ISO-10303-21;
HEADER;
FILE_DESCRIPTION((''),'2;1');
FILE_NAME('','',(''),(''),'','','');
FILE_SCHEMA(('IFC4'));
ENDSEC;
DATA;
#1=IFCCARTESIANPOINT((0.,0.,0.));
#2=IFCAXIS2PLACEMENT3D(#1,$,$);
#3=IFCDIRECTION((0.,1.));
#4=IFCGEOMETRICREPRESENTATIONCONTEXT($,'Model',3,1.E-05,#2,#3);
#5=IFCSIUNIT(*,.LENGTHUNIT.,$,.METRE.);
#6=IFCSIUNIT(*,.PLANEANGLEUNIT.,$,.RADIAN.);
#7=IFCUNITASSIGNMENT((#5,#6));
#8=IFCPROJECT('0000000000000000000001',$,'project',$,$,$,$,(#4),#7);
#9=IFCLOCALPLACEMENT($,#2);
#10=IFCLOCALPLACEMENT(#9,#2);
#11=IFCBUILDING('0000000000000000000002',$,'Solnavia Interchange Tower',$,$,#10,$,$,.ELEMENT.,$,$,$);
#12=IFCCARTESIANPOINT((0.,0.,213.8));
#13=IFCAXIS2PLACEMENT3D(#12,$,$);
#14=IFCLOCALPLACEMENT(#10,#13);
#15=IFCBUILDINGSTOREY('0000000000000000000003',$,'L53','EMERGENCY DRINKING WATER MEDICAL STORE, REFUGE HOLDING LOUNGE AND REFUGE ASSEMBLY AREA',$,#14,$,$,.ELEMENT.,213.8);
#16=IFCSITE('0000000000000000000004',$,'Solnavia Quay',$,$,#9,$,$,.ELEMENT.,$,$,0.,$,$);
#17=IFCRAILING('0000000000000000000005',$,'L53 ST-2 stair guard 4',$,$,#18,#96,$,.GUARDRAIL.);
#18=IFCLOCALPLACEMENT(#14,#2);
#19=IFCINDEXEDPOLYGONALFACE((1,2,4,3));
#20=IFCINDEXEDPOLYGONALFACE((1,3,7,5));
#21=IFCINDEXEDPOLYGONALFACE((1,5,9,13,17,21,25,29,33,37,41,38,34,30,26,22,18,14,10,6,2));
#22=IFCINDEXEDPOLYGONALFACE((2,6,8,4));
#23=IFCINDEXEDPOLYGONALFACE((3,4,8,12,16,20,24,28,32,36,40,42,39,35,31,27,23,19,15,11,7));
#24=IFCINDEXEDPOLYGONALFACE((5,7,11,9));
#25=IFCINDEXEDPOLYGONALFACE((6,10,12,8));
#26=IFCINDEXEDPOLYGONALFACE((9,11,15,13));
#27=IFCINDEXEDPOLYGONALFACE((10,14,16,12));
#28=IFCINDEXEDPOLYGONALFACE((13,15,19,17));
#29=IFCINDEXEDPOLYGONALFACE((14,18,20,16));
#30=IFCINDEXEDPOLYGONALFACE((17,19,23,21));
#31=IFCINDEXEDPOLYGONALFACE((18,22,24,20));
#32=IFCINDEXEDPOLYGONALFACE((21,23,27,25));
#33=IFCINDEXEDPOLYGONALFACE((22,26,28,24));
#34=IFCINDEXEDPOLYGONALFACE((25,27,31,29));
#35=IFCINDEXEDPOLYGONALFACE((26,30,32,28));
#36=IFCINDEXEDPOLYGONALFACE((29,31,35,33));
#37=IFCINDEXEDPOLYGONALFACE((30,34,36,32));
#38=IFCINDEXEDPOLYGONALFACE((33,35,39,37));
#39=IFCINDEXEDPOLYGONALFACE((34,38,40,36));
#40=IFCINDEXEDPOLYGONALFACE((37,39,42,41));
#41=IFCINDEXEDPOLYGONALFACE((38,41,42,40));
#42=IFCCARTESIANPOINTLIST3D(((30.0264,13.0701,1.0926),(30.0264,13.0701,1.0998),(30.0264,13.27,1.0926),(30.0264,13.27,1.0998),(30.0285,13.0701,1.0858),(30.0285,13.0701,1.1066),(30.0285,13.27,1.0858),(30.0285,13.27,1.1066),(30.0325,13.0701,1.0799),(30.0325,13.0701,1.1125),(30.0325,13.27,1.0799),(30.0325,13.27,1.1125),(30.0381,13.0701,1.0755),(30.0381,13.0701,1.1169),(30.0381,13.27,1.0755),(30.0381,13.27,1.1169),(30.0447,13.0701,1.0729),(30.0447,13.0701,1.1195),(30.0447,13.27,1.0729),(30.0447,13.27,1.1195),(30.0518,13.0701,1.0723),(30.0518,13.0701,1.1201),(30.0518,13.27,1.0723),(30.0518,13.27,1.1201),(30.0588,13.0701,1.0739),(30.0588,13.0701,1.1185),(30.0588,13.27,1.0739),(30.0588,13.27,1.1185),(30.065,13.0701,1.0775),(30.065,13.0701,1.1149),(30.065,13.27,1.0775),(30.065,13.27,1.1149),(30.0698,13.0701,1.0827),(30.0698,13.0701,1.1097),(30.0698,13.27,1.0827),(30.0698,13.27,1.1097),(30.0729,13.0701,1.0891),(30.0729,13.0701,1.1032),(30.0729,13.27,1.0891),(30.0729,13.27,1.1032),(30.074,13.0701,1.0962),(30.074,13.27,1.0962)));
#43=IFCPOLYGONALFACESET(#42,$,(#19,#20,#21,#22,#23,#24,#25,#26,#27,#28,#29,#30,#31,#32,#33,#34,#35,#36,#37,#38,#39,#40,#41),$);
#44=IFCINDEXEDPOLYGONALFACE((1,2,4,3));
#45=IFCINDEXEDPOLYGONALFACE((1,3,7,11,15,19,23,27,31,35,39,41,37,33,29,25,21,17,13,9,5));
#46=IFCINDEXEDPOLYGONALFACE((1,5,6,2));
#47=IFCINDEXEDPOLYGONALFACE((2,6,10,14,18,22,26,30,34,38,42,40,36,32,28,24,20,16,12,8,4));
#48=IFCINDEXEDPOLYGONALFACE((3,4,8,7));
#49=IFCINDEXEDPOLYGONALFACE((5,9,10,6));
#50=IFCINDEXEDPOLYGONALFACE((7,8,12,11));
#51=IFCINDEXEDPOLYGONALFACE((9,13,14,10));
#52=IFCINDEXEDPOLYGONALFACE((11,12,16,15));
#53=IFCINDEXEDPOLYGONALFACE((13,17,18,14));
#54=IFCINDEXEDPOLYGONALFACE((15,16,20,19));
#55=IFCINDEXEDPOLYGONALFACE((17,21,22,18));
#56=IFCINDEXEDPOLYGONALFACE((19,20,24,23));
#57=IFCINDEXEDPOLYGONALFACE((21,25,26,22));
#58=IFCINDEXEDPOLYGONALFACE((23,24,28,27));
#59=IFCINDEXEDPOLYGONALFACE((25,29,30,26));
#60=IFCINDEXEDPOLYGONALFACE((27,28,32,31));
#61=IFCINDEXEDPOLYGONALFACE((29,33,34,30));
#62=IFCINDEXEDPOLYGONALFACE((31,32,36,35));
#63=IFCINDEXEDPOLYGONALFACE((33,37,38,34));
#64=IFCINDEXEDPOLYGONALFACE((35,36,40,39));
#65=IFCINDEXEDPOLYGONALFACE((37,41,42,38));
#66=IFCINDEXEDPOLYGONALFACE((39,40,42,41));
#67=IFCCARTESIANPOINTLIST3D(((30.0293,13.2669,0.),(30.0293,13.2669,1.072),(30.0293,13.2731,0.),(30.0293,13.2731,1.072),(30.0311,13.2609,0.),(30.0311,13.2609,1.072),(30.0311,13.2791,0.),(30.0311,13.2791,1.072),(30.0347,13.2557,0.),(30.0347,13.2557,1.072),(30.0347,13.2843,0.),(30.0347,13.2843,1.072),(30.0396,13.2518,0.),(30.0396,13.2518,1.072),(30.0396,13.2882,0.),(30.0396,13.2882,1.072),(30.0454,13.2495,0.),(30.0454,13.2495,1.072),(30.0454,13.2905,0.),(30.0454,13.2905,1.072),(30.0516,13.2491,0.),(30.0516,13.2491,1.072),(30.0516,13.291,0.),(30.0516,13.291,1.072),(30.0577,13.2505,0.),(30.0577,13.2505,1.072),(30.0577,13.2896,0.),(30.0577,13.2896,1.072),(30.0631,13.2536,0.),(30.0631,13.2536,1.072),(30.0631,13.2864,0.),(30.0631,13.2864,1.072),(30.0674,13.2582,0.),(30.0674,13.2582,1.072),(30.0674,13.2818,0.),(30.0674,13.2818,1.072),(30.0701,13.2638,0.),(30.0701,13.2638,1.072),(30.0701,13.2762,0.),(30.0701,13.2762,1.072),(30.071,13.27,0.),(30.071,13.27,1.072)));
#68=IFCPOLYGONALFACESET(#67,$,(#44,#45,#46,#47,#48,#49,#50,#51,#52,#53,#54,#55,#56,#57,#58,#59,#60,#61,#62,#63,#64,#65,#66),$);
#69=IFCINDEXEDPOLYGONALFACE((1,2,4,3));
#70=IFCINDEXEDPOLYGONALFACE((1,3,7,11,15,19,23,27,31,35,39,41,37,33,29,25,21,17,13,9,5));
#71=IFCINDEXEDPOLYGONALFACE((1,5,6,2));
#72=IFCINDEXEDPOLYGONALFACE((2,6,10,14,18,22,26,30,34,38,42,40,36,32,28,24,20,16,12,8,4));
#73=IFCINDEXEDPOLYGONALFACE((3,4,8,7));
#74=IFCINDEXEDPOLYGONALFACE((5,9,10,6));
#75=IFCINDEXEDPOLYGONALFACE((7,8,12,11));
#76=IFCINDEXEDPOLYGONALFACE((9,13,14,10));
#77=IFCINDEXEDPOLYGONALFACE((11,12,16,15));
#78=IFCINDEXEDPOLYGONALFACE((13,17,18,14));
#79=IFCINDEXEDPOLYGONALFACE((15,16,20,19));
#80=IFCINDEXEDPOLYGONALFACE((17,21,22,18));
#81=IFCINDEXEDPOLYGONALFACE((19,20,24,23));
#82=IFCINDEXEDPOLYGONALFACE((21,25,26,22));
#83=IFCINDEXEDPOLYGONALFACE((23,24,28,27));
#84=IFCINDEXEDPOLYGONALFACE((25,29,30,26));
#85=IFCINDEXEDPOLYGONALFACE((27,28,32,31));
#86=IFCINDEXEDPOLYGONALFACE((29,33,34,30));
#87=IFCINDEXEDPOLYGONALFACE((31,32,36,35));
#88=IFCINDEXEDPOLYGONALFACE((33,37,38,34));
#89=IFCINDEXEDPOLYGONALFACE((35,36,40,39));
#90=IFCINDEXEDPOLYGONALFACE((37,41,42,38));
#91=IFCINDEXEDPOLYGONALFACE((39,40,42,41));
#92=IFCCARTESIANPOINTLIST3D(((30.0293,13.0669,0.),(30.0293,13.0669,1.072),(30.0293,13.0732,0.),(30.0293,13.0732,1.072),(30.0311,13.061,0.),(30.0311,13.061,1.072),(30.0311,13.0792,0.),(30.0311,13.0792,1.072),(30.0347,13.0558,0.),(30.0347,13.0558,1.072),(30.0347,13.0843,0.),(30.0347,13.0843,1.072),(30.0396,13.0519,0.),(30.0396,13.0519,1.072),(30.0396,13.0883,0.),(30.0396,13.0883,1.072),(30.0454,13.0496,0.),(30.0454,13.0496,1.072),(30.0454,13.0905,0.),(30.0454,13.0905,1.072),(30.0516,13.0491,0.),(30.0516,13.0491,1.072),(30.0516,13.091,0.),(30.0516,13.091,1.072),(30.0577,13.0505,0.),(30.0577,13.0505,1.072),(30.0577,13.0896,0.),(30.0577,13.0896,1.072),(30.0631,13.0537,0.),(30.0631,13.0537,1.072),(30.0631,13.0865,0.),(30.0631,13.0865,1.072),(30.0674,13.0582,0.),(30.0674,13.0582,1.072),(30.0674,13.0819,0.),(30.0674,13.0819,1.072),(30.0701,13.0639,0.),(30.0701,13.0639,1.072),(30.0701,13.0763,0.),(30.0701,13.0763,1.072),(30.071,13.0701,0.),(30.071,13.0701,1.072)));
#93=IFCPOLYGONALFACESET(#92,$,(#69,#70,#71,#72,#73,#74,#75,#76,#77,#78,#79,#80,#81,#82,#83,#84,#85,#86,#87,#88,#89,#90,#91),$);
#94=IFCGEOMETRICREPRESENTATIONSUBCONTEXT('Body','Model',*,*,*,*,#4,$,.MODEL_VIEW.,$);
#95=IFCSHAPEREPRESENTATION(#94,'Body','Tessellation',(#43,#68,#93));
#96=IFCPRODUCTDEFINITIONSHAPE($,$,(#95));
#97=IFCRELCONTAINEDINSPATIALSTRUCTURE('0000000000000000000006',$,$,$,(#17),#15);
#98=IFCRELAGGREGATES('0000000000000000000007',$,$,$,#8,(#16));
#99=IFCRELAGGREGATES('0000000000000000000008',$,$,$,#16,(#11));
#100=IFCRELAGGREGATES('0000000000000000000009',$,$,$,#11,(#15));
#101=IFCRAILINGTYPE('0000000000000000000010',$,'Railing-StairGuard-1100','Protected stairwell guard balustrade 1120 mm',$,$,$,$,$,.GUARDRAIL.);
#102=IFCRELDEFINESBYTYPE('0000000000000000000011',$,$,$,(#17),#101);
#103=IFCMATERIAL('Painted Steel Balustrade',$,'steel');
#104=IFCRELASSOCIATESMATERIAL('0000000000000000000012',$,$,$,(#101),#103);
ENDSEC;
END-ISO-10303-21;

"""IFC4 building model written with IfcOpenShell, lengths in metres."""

from ifc_helpers import new_model, si_unit, direction, frame, origin, origin_2d, place, context, subcontext, project, spatial, circle, extrude, material, type_object, element, save


model = new_model("IFC4")

# Units and contexts
model_context = context("Model", 3, precision=1e-05, world=origin(), true_north=direction((0.0, 1.0)))
body_context = subcontext(model_context, "Body", "Model", "MODEL_VIEW")
ifc_project = project(units=[si_unit("LENGTHUNIT", "METRE"), si_unit("PLANEANGLEUNIT", "RADIAN")], contexts=[model_context])

# Site, building, storey
site_placement = place(None, origin())
site = spatial("IfcSite", under=ifc_project, at=site_placement, Name="Solnavia Quay", CompositionType="ELEMENT", RefElevation=0.0)
building_placement = place(site_placement, origin())
building = spatial("IfcBuilding", under=site, at=building_placement, Name="Solnavia Interchange Tower", CompositionType="ELEMENT")
storey_placement = place(building_placement, frame((0.0, 0.0, 213.8)))
storey = spatial("IfcBuildingStorey", under=building, at=storey_placement, Name="L53", Description="EMERGENCY DRINKING WATER MEDICAL STORE, REFUGE HOLDING LOUNGE AND REFUGE ASSEMBLY AREA", CompositionType="ELEMENT", Elevation=213.8)

# Railing
ifc_material_1 = material(Name="Painted Steel Balustrade", Category="steel")
railing_type_1 = type_object("IfcRailingType", Name="Railing-StairGuard-1100", Description="Protected stairwell guard balustrade 1120 mm", PredefinedType="GUARDRAIL", material=ifc_material_1)
railing_1_placement = place(storey_placement, frame((30.05, 13.27, 0.0)))
element("IfcRailing", 1, at=railing_1_placement, inside=storey, type_object=railing_type_1, Name="L53 ST-2 stair guard 4", PredefinedType="GUARDRAIL", context=body_context, shape_type="SweptSolid", body=[
    extrude(circle(Radius=0.0239, at=origin_2d()), frame((0.0, 0.0, 1.0962), z_axis=(0.0, -1.0, 0.0), x_axis=(1.0, 0.0, 0.0)), (0.0, 0.0, 1.0), 0.2),
    extrude(circle(Radius=0.021, at=origin_2d()), origin(), (0.0, 0.0, 1.0), 1.072),
    extrude(circle(Radius=0.021, at=origin_2d()), frame((0.0, -0.2, 0.0)), (0.0, 0.0, 1.0), 1.072),
])

save(model, "model.ifc")
